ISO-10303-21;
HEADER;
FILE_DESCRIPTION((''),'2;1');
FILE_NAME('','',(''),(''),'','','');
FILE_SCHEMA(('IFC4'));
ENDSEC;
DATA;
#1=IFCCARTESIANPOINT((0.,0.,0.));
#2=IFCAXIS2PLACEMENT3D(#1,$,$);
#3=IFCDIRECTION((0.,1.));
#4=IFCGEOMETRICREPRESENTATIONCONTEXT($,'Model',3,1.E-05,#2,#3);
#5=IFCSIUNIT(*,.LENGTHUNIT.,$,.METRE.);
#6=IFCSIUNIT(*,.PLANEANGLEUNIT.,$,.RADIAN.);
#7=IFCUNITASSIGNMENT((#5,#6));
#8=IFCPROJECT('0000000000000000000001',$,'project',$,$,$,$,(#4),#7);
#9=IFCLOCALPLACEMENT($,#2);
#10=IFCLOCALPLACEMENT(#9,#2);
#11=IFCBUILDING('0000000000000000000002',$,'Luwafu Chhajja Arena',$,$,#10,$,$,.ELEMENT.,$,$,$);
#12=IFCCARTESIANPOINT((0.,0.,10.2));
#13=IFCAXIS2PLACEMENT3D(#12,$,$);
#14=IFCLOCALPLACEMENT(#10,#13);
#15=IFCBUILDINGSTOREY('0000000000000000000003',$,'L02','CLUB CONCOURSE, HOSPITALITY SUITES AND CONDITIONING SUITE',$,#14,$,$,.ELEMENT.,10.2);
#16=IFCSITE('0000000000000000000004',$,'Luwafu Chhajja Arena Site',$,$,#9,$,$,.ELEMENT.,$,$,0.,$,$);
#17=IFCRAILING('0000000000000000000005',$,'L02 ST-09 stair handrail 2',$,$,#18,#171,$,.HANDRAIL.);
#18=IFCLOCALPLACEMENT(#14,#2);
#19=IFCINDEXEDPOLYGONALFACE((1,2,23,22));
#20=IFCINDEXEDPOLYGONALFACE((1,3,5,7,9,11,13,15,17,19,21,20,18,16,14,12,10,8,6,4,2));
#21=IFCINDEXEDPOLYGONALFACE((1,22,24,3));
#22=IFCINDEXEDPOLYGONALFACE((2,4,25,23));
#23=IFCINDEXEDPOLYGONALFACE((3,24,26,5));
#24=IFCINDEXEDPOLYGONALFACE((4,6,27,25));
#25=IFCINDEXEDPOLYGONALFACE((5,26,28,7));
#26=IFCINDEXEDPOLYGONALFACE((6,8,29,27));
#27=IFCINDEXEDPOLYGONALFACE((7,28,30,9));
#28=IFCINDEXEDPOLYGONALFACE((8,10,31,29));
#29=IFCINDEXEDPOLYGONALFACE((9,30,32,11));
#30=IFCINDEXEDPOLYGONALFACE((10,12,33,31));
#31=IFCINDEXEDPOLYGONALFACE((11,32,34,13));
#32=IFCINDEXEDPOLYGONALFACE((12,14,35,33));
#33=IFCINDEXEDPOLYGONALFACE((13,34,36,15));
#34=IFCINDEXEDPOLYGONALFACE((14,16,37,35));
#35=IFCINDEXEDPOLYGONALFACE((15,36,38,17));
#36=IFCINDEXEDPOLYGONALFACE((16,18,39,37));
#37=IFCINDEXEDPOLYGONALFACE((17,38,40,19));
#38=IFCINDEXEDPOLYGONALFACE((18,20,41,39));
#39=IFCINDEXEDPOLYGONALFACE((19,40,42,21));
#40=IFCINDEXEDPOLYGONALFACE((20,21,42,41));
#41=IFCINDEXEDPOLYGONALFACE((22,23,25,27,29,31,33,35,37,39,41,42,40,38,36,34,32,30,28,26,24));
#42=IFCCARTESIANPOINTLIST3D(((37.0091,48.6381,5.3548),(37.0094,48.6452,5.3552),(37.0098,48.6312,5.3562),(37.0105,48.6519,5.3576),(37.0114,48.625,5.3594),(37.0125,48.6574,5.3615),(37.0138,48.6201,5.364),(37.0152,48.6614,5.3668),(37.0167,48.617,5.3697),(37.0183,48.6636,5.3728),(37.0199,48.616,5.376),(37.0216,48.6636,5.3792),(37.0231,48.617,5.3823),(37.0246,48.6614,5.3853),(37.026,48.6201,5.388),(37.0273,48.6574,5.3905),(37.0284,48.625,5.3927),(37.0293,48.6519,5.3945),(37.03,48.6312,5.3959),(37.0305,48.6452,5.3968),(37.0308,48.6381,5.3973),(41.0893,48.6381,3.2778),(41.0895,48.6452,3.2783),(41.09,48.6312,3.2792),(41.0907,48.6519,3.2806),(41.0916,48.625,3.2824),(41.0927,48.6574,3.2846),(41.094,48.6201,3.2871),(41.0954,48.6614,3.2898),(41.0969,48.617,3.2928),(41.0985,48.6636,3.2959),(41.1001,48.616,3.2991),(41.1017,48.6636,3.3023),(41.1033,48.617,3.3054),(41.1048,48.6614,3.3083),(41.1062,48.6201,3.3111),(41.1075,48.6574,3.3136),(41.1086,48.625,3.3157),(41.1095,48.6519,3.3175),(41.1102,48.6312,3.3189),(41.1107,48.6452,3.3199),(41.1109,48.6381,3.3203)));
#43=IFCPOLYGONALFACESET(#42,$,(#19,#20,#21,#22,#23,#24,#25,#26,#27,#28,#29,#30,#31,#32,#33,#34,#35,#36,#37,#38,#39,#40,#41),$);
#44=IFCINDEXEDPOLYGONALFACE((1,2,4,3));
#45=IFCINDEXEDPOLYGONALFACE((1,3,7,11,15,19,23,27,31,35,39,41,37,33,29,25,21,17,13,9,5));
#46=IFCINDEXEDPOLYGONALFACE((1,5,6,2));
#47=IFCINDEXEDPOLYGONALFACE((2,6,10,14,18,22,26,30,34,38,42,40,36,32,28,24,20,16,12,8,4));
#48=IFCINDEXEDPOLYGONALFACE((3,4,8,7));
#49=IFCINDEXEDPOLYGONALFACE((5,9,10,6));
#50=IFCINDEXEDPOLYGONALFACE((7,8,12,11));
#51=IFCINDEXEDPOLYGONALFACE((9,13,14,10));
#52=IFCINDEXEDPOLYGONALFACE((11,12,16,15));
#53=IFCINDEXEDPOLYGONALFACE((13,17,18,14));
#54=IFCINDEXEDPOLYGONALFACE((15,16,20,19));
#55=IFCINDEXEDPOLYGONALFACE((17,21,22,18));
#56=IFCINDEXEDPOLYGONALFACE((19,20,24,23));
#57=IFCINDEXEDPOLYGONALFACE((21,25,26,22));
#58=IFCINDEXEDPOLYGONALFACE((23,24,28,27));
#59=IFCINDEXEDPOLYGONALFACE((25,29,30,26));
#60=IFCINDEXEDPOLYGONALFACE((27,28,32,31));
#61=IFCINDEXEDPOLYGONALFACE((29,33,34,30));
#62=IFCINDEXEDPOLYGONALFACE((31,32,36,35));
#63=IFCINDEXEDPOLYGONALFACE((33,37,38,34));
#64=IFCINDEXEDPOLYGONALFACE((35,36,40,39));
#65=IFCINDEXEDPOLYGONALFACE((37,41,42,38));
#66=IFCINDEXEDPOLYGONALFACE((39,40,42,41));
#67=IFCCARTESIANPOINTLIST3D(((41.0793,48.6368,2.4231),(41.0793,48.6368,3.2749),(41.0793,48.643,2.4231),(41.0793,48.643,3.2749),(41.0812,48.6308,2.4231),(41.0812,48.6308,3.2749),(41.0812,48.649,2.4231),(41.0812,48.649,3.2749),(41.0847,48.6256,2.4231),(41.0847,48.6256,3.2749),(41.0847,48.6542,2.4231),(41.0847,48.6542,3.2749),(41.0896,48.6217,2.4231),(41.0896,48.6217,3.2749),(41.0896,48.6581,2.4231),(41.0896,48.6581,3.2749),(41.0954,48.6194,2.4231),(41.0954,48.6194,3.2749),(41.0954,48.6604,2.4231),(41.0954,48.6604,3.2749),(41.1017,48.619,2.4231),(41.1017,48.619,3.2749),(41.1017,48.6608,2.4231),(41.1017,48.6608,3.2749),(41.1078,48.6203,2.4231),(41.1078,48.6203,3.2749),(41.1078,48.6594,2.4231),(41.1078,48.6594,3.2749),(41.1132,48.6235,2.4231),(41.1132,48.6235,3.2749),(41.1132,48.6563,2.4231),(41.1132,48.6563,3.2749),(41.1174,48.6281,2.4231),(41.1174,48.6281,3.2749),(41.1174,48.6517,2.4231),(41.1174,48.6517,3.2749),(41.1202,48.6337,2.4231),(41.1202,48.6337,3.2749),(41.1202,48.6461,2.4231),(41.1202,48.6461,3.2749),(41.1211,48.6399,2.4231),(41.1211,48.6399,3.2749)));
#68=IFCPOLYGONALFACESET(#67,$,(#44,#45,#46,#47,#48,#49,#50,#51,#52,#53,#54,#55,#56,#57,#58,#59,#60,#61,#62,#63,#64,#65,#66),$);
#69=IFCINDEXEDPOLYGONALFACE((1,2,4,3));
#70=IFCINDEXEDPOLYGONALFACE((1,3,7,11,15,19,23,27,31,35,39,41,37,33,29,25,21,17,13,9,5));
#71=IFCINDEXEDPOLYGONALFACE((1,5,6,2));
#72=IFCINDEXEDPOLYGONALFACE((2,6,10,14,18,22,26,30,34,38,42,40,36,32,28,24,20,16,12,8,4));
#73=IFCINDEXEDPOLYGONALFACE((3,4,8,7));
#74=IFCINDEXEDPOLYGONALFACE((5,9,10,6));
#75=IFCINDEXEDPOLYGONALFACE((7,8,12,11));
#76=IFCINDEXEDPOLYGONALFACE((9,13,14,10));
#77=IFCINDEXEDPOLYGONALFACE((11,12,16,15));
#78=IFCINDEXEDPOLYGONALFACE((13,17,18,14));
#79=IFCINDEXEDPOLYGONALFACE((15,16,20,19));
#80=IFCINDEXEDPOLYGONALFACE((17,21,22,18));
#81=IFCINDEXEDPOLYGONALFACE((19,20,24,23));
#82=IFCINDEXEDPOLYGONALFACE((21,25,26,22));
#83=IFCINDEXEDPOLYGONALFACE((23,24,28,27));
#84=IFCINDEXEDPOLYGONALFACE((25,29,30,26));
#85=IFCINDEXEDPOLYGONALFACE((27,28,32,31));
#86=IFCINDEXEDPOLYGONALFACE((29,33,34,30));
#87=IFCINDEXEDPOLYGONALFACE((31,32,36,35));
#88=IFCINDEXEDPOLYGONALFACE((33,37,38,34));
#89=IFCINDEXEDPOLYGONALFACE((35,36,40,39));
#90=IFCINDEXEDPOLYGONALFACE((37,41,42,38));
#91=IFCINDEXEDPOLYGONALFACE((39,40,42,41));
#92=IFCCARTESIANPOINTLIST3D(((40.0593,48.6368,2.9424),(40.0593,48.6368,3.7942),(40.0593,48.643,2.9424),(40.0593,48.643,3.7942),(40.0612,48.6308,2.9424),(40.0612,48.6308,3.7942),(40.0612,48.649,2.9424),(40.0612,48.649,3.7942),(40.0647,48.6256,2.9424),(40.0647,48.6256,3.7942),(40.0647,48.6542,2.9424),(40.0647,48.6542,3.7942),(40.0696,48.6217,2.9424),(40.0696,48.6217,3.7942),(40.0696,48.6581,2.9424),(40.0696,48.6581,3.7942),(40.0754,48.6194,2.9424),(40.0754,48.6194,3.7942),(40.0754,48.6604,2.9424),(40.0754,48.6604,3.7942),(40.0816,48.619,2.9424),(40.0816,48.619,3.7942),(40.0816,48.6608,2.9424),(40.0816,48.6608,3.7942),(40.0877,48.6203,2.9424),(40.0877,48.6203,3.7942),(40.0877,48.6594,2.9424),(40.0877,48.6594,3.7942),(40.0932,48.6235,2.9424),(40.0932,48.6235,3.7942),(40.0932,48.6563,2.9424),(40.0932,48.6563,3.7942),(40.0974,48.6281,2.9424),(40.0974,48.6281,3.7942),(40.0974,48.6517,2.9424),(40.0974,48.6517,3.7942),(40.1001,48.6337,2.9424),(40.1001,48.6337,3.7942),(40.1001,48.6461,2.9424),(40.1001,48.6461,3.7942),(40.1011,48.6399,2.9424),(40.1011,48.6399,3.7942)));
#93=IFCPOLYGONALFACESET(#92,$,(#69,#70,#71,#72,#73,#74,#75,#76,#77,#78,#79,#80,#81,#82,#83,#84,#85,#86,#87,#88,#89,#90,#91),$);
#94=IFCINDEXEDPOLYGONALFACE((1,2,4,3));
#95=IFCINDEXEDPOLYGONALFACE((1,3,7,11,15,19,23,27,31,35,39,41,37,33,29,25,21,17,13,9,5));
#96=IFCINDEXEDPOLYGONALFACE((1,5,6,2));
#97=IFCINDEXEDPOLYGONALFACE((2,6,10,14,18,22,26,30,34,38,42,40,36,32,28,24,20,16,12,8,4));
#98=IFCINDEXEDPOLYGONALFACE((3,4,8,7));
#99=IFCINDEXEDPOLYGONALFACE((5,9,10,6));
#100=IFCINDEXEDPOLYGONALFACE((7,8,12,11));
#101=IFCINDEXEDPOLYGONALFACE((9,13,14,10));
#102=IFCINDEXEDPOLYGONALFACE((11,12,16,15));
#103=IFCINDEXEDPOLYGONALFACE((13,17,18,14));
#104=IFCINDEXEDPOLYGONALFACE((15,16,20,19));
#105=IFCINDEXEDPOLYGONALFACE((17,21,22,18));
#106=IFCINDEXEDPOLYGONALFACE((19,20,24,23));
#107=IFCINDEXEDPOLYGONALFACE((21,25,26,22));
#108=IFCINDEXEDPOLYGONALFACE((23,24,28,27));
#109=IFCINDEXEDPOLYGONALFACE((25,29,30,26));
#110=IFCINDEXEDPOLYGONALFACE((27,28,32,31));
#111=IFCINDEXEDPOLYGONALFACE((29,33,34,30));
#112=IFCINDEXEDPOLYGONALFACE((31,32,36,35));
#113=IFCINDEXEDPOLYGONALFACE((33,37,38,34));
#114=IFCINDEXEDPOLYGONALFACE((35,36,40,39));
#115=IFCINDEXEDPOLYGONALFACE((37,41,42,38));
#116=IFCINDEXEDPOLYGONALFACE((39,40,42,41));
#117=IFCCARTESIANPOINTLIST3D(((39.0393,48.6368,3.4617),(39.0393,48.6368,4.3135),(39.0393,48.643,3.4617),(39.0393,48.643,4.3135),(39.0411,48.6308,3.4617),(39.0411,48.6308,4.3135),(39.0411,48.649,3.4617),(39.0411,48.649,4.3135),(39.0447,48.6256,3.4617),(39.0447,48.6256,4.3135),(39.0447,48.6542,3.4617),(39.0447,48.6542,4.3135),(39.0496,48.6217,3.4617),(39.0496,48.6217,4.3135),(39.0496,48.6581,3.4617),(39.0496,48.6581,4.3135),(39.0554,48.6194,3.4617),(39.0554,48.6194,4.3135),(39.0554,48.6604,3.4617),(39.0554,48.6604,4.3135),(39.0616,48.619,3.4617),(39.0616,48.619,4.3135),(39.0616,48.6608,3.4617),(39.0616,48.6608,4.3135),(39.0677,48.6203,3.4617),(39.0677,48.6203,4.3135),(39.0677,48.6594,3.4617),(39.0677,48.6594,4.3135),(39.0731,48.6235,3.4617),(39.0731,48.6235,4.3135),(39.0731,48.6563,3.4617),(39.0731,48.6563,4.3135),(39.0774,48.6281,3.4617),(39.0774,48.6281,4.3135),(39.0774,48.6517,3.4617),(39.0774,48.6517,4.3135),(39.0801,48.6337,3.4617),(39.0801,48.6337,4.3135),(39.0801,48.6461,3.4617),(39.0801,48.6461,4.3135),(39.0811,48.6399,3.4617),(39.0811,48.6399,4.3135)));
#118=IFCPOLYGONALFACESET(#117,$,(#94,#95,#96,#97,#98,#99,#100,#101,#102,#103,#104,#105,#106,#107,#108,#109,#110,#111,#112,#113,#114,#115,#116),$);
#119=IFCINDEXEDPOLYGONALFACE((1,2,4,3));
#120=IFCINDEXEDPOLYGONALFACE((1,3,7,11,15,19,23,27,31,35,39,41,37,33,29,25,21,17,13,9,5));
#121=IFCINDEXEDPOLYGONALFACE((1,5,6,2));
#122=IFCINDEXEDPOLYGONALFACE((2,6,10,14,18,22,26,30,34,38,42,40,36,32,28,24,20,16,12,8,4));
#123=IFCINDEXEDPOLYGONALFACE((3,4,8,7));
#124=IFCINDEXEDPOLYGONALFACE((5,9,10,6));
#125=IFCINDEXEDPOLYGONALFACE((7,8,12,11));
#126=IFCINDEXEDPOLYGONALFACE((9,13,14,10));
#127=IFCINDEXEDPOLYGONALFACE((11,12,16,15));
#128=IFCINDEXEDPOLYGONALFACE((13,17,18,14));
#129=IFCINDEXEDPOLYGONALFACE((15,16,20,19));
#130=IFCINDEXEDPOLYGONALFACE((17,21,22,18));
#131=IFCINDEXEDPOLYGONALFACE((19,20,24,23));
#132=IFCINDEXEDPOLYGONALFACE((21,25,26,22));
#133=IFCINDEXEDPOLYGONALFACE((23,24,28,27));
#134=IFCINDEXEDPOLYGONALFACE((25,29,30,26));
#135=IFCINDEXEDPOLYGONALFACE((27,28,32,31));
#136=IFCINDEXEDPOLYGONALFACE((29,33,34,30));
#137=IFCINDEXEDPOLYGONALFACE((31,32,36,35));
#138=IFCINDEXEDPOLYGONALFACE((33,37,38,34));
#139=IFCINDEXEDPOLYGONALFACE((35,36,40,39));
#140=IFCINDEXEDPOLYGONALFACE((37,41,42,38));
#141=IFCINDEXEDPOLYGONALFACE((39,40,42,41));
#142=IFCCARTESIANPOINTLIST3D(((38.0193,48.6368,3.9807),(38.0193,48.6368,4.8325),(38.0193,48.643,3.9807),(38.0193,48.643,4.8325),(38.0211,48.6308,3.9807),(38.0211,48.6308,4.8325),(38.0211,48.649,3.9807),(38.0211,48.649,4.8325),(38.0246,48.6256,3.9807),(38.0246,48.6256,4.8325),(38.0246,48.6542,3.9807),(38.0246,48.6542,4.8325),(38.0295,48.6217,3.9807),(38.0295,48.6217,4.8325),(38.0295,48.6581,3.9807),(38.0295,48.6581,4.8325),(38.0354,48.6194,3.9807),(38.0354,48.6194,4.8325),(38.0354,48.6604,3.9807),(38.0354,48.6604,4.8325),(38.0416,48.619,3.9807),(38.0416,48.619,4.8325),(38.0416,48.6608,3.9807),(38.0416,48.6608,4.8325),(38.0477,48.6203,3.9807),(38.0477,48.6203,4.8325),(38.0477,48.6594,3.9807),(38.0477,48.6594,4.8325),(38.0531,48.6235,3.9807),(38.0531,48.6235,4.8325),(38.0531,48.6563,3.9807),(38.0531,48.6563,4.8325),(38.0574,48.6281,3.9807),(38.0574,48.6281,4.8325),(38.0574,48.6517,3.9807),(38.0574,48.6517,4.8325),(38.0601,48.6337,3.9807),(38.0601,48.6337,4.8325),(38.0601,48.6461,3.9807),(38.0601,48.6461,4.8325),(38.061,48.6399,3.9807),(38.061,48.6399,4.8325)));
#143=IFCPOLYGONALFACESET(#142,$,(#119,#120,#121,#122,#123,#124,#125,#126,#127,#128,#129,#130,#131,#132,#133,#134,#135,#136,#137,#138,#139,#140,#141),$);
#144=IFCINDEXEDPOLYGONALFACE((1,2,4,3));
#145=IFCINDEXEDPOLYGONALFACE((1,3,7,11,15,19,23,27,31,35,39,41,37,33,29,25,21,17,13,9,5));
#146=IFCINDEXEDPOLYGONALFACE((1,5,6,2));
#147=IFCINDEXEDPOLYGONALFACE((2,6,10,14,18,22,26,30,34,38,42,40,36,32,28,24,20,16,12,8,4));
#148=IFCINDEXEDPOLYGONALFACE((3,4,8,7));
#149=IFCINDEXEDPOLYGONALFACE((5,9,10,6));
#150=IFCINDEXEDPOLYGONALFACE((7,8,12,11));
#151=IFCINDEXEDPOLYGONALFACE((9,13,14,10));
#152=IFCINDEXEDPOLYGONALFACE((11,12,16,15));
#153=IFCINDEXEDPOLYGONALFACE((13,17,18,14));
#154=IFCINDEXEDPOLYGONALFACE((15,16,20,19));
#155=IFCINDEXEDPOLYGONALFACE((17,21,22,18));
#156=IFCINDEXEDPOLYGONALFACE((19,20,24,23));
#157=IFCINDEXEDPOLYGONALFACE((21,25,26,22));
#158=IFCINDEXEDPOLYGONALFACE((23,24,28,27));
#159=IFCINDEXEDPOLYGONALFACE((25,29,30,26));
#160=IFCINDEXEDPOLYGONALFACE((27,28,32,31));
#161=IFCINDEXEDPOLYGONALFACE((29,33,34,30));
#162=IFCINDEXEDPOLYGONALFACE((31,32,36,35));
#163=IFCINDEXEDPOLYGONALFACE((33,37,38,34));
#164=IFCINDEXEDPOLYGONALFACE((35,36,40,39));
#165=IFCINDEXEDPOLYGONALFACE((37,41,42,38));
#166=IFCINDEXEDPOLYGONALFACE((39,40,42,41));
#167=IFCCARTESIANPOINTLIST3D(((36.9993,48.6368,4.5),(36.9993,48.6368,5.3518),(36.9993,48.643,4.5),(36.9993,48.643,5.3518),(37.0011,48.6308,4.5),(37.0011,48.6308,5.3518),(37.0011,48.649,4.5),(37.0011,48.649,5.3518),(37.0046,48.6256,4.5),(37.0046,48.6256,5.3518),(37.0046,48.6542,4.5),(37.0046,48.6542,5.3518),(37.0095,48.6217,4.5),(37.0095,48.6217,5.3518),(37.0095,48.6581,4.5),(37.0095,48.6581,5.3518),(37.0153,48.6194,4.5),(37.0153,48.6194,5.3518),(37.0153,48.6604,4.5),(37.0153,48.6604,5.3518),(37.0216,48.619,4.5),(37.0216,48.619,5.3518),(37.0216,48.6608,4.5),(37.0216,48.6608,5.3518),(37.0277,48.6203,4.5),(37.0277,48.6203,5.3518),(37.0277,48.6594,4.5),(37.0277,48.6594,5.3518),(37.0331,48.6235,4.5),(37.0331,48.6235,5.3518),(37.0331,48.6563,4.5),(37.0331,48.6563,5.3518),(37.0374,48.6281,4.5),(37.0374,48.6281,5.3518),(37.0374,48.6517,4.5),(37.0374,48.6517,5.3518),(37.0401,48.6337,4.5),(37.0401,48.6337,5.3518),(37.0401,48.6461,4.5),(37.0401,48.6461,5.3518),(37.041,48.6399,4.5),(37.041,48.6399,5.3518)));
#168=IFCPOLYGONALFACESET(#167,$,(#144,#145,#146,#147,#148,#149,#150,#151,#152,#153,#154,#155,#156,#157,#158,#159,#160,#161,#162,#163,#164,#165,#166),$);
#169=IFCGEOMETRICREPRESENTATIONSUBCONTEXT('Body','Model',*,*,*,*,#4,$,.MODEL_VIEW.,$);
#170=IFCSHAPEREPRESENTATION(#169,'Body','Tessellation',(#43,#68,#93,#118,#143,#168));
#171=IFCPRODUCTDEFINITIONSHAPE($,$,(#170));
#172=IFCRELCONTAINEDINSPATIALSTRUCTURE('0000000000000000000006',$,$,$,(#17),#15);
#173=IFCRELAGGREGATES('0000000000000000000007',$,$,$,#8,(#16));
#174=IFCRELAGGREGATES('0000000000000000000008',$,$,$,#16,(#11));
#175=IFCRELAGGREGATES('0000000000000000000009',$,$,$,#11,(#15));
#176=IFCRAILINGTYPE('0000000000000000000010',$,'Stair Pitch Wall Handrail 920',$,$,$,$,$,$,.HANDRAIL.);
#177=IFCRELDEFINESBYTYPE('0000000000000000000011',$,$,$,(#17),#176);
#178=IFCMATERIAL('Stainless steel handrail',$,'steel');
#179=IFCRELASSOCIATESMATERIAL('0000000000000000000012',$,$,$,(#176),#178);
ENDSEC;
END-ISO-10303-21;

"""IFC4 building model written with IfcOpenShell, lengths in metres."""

from ifc_helpers import new_model, si_unit, direction, frame, origin, origin_2d, place, context, subcontext, project, spatial, circle, extrude, material, type_object, element, save


model = new_model("IFC4")

# Units and contexts
model_context = context("Model", 3, precision=1e-05, world=origin(), true_north=direction((0.0, 1.0)))
body_context = subcontext(model_context, "Body", "Model", "MODEL_VIEW")
ifc_project = project(units=[si_unit("LENGTHUNIT", "METRE"), si_unit("PLANEANGLEUNIT", "RADIAN")], contexts=[model_context])

# Site, building, storey
site_placement = place(None, origin())
site = spatial("IfcSite", under=ifc_project, at=site_placement, Name="Luwafu Chhajja Arena Site", CompositionType="ELEMENT", RefElevation=0.0)
building_placement = place(site_placement, origin())
building = spatial("IfcBuilding", under=site, at=building_placement, Name="Luwafu Chhajja Arena", CompositionType="ELEMENT")
storey_placement = place(building_placement, frame((0.0, 0.0, 10.2)))
storey = spatial("IfcBuildingStorey", under=building, at=storey_placement, Name="L02", Description="CLUB CONCOURSE, HOSPITALITY SUITES AND CONDITIONING SUITE", CompositionType="ELEMENT", Elevation=10.2)

# Railing
ifc_material_1 = material(Name="Stainless steel handrail", Category="steel")
railing_type_1 = type_object("IfcRailingType", Name="Stair Pitch Wall Handrail 920", PredefinedType="HANDRAIL", material=ifc_material_1)
railing_1_placement = place(storey_placement, frame((41.1001, 48.6399, 2.4231)))
element("IfcRailing", 1, at=railing_1_placement, inside=storey, type_object=railing_type_1, Name="L02 ST-09 stair handrail 2", PredefinedType="HANDRAIL", context=body_context, shape_type="SweptSolid", body=[
    extrude(circle(Radius=0.0239, at=origin_2d()), frame((0.0, 0.0, 0.876), z_axis=(-0.891183, 0.0, 0.453644), x_axis=(0.0, -1.0, 0.0)), (0.0, 0.0, 1.0), 4.5784),
    extrude(circle(Radius=0.021, at=origin_2d()), origin(), (0.0, 0.0, 1.0), 0.8518),
    extrude(circle(Radius=0.021, at=origin_2d()), frame((-1.02, 0.0, 0.5193)), (0.0, 0.0, 1.0), 0.8518),
    extrude(circle(Radius=0.021, at=origin_2d()), frame((-2.04, 0.0, 1.0386)), (0.0, 0.0, 1.0), 0.8518),
    extrude(circle(Radius=0.021, at=origin_2d()), frame((-3.0601, 0.0, 1.5576)), (0.0, 0.0, 1.0), 0.8518),
    extrude(circle(Radius=0.021, at=origin_2d()), frame((-4.0801, 0.0, 2.0769)), (0.0, 0.0, 1.0), 0.8518),
])

save(model, "model.ifc")
